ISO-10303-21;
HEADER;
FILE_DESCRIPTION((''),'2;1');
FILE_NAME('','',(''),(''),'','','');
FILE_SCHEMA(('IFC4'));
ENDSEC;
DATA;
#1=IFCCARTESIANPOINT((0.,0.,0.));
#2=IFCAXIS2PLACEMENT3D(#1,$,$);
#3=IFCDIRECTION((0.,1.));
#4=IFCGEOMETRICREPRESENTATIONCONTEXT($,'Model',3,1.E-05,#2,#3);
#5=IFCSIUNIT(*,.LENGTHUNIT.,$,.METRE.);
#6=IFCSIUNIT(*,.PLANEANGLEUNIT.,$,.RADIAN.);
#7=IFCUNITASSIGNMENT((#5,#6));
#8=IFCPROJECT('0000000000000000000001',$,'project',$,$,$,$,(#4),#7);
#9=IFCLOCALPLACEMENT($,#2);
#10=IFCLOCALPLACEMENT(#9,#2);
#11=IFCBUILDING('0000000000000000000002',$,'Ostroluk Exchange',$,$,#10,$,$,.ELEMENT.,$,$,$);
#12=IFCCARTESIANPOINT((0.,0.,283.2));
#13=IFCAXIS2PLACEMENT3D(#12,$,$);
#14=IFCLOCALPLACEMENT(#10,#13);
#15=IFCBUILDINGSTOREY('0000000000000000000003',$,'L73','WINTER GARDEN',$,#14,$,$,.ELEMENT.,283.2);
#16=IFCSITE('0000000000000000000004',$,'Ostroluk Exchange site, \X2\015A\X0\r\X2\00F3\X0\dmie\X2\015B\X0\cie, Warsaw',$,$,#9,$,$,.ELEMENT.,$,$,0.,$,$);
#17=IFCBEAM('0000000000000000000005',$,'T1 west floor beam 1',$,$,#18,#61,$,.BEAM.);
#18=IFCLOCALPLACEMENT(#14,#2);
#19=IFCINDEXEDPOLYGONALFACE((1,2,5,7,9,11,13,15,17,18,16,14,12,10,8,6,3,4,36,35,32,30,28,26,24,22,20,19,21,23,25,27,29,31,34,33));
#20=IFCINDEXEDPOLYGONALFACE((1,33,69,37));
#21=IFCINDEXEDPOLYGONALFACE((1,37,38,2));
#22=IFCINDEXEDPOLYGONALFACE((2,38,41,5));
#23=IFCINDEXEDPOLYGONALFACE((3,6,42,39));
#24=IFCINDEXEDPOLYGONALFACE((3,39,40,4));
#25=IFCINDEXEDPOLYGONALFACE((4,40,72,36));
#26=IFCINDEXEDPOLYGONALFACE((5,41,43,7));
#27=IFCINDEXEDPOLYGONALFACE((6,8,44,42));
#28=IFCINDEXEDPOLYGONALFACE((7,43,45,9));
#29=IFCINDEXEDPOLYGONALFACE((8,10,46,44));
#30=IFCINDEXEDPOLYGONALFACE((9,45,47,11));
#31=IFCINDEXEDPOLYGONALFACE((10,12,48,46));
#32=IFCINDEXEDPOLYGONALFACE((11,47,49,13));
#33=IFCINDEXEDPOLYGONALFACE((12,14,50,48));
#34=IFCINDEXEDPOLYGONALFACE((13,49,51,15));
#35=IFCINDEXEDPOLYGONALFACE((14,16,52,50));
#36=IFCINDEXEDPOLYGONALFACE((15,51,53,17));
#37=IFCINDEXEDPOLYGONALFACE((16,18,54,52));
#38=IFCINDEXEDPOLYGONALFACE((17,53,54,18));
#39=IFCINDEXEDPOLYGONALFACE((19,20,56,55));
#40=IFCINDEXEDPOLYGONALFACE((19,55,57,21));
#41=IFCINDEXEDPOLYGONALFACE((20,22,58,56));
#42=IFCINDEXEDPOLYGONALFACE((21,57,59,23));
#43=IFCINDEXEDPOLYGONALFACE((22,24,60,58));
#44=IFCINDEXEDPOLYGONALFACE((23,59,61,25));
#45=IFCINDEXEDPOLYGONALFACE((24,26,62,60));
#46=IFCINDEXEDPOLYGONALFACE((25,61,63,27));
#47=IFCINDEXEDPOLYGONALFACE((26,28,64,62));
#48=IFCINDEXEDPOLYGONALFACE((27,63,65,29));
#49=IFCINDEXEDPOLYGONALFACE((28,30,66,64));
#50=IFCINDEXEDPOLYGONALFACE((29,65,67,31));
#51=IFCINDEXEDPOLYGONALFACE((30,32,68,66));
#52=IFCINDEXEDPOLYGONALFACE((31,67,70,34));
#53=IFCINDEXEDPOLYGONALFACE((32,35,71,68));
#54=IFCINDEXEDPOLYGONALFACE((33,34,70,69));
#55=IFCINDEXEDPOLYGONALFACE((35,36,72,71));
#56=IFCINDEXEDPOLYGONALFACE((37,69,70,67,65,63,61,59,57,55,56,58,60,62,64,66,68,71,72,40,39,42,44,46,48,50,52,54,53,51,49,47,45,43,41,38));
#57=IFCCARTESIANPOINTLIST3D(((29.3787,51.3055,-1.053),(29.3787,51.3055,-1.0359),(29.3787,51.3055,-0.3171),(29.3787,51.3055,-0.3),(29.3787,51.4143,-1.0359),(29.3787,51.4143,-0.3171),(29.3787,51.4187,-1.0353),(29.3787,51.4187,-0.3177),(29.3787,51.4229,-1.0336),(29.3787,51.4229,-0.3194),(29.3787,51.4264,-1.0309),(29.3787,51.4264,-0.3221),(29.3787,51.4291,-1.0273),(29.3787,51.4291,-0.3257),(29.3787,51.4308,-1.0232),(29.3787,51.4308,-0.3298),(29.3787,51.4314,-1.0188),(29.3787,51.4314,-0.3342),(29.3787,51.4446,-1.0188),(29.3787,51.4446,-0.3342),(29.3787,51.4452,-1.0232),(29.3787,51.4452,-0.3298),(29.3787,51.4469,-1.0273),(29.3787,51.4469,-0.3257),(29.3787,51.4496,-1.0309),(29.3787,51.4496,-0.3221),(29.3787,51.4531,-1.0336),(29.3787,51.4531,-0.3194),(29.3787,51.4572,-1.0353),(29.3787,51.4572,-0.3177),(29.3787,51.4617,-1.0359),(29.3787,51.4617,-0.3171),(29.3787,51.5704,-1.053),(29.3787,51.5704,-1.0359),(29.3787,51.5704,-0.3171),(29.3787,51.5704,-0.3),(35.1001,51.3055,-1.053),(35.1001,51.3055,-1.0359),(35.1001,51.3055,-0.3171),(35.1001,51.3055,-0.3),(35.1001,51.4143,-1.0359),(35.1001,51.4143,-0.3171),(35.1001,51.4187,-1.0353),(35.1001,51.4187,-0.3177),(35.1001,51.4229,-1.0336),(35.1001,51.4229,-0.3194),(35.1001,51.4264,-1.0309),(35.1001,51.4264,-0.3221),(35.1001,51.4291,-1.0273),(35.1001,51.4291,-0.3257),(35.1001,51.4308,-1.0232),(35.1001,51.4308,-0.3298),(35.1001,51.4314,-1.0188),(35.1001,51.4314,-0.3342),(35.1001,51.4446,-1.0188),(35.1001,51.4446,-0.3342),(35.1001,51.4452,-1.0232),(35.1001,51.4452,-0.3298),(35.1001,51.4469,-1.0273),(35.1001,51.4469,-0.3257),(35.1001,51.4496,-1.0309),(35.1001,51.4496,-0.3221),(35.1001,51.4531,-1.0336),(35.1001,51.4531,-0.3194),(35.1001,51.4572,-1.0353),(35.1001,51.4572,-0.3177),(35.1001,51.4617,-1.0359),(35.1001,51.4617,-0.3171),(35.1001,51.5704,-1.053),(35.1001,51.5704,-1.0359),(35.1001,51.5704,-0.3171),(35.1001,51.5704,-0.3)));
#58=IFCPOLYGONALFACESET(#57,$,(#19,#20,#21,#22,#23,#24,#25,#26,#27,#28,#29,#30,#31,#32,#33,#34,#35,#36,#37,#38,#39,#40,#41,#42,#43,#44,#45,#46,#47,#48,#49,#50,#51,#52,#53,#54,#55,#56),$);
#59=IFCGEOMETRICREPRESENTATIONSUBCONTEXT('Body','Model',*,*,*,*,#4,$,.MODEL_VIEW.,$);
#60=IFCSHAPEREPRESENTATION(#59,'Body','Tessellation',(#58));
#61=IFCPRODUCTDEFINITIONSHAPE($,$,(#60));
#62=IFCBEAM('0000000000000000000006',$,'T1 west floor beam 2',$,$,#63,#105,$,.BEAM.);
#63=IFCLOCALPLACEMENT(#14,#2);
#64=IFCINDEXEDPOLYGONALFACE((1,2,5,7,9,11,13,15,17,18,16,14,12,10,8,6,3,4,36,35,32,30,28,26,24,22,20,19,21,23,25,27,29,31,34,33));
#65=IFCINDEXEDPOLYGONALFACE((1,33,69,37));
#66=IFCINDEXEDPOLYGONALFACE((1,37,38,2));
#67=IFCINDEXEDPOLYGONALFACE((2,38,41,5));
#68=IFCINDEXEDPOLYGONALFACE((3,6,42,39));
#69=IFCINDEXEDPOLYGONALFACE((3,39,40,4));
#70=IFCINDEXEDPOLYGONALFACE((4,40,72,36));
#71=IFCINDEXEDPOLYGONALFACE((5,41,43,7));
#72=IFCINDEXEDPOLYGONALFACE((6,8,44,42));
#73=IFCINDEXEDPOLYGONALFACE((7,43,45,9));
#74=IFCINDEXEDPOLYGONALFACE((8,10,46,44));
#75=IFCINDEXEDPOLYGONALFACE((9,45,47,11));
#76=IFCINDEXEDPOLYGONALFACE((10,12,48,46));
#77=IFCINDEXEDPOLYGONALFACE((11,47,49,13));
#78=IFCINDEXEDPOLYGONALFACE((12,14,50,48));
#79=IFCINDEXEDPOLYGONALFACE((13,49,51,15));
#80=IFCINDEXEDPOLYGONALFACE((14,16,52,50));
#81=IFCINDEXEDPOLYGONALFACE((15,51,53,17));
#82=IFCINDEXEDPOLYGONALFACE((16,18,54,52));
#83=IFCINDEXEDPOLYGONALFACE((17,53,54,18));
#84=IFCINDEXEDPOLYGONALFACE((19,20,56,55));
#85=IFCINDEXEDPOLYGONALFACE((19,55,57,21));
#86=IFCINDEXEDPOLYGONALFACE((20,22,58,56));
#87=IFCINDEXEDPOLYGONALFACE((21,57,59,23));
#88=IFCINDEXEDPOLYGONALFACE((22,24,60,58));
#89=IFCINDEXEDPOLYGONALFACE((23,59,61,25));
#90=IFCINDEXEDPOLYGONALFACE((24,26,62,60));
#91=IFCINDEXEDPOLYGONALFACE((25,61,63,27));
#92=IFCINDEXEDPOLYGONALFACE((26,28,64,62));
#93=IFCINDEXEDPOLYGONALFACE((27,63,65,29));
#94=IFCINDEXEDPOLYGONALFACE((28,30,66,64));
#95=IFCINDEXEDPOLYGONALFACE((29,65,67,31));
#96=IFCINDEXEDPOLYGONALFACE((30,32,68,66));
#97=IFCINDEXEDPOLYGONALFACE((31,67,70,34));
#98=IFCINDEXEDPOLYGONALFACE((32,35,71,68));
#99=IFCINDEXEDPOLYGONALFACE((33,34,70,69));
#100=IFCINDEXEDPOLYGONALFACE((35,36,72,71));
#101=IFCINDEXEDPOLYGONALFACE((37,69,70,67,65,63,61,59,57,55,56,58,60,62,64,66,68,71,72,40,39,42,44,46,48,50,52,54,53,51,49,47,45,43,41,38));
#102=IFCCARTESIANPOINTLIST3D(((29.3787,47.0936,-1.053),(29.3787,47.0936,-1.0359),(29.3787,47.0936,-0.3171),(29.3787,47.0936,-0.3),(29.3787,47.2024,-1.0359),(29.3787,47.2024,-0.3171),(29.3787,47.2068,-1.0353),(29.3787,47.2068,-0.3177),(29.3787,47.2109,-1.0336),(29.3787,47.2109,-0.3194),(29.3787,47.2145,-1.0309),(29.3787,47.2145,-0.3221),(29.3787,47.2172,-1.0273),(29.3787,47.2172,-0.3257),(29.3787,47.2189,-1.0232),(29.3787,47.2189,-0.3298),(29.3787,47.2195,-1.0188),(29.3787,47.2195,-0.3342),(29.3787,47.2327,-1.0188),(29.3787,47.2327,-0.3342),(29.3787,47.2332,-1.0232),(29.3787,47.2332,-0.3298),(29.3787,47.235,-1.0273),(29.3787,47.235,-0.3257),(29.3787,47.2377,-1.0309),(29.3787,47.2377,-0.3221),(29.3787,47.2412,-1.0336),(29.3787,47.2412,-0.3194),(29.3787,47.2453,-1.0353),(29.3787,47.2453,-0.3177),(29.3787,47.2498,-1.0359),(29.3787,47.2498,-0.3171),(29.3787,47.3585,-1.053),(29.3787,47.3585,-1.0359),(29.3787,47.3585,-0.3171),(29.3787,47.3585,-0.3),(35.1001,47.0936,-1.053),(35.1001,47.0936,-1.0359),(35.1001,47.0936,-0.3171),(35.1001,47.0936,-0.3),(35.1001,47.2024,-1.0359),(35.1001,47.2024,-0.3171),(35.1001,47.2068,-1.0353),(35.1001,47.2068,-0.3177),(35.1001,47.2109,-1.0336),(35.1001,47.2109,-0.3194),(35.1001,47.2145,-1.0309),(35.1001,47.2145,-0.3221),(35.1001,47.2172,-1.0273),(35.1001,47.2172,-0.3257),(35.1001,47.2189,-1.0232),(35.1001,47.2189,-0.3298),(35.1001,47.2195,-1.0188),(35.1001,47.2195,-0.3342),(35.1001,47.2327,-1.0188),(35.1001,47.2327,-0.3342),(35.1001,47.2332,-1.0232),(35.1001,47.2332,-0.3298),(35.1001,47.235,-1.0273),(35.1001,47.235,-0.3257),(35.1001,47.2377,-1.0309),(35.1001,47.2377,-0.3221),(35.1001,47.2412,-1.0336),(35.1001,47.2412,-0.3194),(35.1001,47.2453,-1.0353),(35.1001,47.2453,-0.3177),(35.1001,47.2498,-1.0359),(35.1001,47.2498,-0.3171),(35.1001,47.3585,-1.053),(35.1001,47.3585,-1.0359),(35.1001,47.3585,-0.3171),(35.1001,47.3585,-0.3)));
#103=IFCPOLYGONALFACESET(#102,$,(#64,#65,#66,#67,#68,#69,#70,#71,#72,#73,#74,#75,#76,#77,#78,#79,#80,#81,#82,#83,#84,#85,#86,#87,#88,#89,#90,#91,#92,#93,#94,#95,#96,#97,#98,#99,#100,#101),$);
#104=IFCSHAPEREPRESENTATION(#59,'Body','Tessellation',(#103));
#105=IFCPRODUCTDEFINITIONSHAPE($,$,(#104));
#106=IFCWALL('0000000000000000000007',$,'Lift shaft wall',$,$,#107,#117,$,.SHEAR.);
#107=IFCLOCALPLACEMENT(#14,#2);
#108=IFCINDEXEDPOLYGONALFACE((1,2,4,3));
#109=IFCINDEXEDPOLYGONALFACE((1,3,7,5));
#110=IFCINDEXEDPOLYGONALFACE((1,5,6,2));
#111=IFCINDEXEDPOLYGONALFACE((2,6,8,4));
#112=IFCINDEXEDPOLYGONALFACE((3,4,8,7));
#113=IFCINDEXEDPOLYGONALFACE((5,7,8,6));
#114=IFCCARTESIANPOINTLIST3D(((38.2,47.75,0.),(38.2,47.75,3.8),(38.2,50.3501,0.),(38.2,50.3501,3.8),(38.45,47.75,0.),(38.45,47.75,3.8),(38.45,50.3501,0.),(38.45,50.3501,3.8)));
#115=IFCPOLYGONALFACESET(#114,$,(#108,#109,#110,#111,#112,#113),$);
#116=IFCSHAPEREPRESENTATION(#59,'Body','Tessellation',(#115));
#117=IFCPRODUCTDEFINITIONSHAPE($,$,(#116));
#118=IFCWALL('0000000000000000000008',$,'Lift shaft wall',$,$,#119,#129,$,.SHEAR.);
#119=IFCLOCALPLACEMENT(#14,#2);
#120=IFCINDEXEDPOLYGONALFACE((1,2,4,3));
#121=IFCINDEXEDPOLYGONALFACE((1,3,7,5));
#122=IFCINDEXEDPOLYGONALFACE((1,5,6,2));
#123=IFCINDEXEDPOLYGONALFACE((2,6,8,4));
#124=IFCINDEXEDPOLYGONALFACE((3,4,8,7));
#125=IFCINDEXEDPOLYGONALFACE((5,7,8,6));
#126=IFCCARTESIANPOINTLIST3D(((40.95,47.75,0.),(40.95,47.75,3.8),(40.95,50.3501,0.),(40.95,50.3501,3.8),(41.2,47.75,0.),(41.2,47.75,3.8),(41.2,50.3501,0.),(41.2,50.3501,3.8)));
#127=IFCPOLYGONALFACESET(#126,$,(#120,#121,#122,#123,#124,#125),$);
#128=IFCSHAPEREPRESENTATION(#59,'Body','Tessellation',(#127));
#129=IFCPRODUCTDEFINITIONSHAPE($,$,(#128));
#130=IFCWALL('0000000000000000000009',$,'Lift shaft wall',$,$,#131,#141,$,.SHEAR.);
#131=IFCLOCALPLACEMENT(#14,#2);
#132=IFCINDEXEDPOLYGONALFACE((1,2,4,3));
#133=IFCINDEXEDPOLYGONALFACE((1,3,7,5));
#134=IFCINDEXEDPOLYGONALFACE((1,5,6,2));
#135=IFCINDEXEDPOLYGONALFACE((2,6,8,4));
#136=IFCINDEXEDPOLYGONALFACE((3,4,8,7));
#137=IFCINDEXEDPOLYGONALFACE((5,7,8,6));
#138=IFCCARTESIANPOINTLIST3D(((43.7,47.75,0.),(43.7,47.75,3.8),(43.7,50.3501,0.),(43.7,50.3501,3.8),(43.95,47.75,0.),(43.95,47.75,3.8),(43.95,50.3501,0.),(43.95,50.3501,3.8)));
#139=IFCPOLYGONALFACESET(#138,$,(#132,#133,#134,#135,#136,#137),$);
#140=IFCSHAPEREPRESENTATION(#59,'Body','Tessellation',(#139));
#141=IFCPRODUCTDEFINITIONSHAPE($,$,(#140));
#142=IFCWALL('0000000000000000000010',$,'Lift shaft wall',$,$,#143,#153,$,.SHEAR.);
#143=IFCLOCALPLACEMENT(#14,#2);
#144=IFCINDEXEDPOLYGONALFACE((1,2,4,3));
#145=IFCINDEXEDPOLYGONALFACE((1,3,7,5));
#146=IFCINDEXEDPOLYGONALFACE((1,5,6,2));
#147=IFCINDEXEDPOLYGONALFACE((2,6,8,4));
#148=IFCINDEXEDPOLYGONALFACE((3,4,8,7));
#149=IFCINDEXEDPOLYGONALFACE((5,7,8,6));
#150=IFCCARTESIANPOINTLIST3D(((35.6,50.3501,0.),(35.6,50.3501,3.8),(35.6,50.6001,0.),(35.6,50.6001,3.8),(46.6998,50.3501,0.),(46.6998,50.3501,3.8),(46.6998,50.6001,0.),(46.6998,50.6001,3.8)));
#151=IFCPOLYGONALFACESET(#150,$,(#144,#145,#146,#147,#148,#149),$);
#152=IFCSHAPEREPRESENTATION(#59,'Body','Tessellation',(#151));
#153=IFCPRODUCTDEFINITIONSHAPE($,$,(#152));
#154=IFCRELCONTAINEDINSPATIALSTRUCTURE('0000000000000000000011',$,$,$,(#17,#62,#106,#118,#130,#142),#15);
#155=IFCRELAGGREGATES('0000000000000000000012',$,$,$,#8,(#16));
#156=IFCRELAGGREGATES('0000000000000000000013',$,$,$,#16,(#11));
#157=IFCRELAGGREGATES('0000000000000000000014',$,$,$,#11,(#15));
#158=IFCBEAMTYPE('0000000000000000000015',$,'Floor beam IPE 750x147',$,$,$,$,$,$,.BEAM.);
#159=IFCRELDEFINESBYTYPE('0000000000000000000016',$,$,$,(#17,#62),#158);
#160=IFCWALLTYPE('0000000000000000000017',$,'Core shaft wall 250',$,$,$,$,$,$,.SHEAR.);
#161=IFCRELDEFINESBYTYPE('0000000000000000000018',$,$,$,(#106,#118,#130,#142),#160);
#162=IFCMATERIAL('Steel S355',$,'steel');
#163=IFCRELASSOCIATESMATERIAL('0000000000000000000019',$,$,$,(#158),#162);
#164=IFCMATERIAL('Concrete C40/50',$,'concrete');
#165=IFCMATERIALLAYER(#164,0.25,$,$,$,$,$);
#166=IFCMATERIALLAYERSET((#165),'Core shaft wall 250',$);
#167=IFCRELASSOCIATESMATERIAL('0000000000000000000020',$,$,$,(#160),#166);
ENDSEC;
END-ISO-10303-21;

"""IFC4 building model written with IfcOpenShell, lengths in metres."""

from ifc_helpers import new_model, si_unit, direction, frame, frame_2d, origin, origin_2d, place, context, subcontext, project, spatial, rectangle, i_section, extrude, material, layer, layer_set, material_profile, profile_set, type_object, element, save


model = new_model("IFC4")

# Units and contexts
model_context = context("Model", 3, precision=1e-05, world=origin(), true_north=direction((0.0, 1.0)))
body_context = subcontext(model_context, "Body", "Model", "MODEL_VIEW")
ifc_project = project(units=[si_unit("LENGTHUNIT", "METRE"), si_unit("PLANEANGLEUNIT", "RADIAN")], contexts=[model_context])

# Site, building, storey
site_placement = place(None, origin())
site = spatial("IfcSite", under=ifc_project, at=site_placement, Name="Ostroluk Exchange site, Śródmieście, Warsaw", CompositionType="ELEMENT", RefElevation=0.0)
building_placement = place(site_placement, origin())
building = spatial("IfcBuilding", under=site, at=building_placement, Name="Ostroluk Exchange", CompositionType="ELEMENT")
storey_placement = place(building_placement, frame((0.0, 0.0, 283.2)))
storey = spatial("IfcBuildingStorey", under=building, at=storey_placement, Name="L73", Description="WINTER GARDEN", CompositionType="ELEMENT", Elevation=283.2)

# Beams
ifc_material_1 = material(Name="Steel S355", Category="steel")
ifc_material_profile = material_profile(ifc_material_1, i_section(OverallWidth=0.2649, OverallDepth=0.7529, WebThickness=0.0132, FlangeThickness=0.0171, FilletRadius=0.0171, at=origin_2d()), Name="IPE 750x147")
ifc_profile_set = profile_set([ifc_material_profile], Name="Steel S355")
beam_type = type_object("IfcBeamType", Name="Floor beam IPE 750x147", PredefinedType="BEAM", material=ifc_profile_set)
for number, where, z_axis, x_axis, name in (
    (1, (35.1001, 51.438, -0.6765), (-1.0, 0.0, 0.0), (0.0, -1.0, 0.0), "T1 west floor beam 1"),
    (2, (35.1001, 47.2261, -0.6765), (-1.0, 0.0, 0.0), (0.0, -1.0, 0.0), "T1 west floor beam 2"),
):
    element("IfcBeam", number, at=place(storey_placement, frame(where, z_axis=z_axis, x_axis=x_axis)), inside=storey, type_object=beam_type, Name=name, PredefinedType="BEAM", context=body_context, shape_type="SweptSolid", body=[
        extrude(i_section(OverallWidth=0.2649, OverallDepth=0.7529, WebThickness=0.0132, FlangeThickness=0.0171, FilletRadius=0.0171, at=origin_2d()), origin(), (0.0, 0.0, 1.0), 5.7214),
    ])

# Walls
ifc_material_2 = material(Name="Concrete C40/50", Category="concrete")
ifc_layer = layer(ifc_material_2, 0.25)
ifc_layer_set = layer_set([ifc_layer], Name="Core shaft wall 250")
wall_type = type_object("IfcWallType", Name="Core shaft wall 250", PredefinedType="SHEAR", material=ifc_layer_set)
for number, where, z_axis, x_axis, name in (
    (3, (38.325, 47.75, 0.0), (0.0, 0.0, 1.0), (0.0, 1.0, 0.0), "Lift shaft wall"),
    (4, (41.075, 47.75, 0.0), (0.0, 0.0, 1.0), (0.0, 1.0, 0.0), "Lift shaft wall"),
    (5, (43.825, 47.75, 0.0), (0.0, 0.0, 1.0), (0.0, 1.0, 0.0), "Lift shaft wall"),
):
    element("IfcWall", number, at=place(storey_placement, frame(where, z_axis=z_axis, x_axis=x_axis)), inside=storey, type_object=wall_type, Name=name, PredefinedType="SHEAR", context=body_context, shape_type="SweptSolid", body=[
        extrude(rectangle(XDim=2.6001, YDim=0.25, at=frame_2d((1.3, 0.0))), origin(), (0.0, 0.0, 1.0), 3.8),
    ])
wall_1_placement = place(storey_placement, frame((35.6001, 50.4751, 0.0), z_axis=(0.0, 0.0, 1.0), x_axis=(1.0, 0.0, 0.0)))
element("IfcWall", 6, at=wall_1_placement, inside=storey, type_object=wall_type, Name="Lift shaft wall", PredefinedType="SHEAR", context=body_context, shape_type="SweptSolid", body=[
    extrude(rectangle(XDim=11.0999, YDim=0.25, at=frame_2d((5.5498, 0.0))), origin(), (0.0, 0.0, 1.0), 3.8),
])

save(model, "model.ifc")
